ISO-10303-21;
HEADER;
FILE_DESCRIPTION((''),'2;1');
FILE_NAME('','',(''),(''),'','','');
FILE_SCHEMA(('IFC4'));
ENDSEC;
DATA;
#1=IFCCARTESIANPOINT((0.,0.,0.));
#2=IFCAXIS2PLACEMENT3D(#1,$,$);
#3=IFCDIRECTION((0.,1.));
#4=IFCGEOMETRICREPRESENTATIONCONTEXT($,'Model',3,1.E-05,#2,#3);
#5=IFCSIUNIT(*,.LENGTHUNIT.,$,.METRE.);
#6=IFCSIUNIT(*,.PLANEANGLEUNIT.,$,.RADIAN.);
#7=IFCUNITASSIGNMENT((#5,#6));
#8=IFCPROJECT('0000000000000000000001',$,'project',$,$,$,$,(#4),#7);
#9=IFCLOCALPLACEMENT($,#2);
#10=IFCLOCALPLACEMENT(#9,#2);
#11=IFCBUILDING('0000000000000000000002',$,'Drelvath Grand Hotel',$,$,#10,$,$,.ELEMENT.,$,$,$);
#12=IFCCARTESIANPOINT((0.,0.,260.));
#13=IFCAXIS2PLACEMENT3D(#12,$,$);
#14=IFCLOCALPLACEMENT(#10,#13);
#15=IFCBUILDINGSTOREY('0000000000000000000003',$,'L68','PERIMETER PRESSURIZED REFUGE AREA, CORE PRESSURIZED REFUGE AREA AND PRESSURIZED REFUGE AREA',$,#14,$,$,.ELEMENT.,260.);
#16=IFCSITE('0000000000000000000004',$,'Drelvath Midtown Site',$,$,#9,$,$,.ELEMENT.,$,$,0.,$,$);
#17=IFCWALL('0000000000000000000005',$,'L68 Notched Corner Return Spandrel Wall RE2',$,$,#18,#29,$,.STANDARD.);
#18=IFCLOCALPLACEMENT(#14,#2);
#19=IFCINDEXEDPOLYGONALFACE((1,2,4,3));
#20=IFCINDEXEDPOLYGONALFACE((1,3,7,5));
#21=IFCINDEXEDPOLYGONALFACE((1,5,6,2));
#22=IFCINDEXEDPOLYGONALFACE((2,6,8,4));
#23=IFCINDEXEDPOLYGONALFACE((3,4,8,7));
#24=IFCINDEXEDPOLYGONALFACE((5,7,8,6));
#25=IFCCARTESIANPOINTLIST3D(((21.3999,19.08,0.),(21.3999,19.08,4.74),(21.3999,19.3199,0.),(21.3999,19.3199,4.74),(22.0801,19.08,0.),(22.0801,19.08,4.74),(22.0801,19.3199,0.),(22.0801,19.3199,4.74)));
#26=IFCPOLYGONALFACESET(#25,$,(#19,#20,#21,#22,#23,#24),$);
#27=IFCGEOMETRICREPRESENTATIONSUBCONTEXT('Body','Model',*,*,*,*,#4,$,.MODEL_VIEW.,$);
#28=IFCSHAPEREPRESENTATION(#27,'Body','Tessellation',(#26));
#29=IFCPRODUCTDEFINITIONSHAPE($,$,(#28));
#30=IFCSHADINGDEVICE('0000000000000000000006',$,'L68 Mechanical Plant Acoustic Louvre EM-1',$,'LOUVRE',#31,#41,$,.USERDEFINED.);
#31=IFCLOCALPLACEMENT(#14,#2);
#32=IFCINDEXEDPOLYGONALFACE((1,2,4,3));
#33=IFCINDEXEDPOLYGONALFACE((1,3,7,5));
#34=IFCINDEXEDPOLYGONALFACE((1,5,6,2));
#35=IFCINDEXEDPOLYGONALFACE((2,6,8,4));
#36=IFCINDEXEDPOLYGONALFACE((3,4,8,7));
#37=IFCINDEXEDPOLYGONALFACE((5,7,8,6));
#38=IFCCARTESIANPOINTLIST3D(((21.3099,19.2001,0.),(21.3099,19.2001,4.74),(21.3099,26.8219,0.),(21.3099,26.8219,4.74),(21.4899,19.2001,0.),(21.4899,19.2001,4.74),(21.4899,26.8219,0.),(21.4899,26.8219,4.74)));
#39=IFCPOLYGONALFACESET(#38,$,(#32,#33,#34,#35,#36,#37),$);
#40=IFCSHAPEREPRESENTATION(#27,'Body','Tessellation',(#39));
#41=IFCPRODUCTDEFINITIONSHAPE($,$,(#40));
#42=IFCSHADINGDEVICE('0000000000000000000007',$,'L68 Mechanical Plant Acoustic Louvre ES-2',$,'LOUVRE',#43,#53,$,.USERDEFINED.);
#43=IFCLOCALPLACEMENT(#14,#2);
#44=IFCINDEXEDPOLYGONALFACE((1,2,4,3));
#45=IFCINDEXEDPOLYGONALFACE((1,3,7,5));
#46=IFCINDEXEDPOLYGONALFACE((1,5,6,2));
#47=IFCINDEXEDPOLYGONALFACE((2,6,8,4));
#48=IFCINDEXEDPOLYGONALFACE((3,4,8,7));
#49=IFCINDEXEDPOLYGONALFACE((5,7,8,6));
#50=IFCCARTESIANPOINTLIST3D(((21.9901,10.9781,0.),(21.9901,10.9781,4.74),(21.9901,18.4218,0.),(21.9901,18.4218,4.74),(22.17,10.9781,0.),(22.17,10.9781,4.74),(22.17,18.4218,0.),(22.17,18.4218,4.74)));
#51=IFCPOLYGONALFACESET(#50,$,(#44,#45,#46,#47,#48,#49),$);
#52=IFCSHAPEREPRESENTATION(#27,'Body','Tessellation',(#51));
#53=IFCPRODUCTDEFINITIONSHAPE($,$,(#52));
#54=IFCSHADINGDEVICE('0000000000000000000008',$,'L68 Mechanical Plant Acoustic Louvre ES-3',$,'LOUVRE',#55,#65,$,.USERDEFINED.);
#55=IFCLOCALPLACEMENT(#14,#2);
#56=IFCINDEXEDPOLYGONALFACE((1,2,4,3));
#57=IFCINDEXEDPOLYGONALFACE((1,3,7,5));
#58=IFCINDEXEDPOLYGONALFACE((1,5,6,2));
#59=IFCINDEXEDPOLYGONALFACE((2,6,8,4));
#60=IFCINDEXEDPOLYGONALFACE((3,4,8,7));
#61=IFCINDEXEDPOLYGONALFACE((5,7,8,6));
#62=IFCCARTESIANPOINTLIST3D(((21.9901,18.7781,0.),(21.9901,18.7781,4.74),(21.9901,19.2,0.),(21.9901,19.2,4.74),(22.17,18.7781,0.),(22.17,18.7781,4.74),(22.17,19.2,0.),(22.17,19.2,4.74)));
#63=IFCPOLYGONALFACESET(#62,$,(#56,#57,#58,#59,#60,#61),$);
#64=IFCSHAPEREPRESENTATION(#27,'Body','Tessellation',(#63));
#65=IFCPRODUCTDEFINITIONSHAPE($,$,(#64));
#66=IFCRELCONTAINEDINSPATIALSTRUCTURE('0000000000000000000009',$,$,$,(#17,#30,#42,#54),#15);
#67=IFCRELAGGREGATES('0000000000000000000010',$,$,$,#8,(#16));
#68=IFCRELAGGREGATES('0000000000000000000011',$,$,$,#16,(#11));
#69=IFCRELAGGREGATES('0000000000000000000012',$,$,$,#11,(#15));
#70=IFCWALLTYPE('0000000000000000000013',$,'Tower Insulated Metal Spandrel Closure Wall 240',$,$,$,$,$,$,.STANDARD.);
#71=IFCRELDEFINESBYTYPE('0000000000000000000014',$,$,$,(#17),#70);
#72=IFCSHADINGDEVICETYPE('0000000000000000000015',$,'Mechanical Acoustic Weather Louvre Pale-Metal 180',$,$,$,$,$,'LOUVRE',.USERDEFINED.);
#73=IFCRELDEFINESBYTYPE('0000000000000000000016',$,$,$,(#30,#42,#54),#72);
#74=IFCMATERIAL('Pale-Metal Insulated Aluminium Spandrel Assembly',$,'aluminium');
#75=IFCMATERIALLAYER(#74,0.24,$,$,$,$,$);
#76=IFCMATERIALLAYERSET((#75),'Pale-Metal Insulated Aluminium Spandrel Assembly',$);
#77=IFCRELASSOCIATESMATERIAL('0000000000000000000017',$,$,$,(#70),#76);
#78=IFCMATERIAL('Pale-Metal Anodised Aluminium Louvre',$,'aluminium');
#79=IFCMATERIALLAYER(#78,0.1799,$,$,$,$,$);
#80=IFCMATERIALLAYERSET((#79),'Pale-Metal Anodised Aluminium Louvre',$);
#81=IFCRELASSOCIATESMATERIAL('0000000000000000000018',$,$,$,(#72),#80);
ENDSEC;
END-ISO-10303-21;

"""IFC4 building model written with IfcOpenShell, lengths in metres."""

from ifc_helpers import new_model, si_unit, direction, frame, frame_2d, origin, origin_2d, place, context, subcontext, project, spatial, rectangle, extrude, material, layer, layer_set, type_object, element, save


model = new_model("IFC4")

# Units and contexts
model_context = context("Model", 3, precision=1e-05, world=origin(), true_north=direction((0.0, 1.0)))
body_context = subcontext(model_context, "Body", "Model", "MODEL_VIEW")
ifc_project = project(units=[si_unit("LENGTHUNIT", "METRE"), si_unit("PLANEANGLEUNIT", "RADIAN")], contexts=[model_context])

# Site, building, storey
site_placement = place(None, origin())
site = spatial("IfcSite", under=ifc_project, at=site_placement, Name="Drelvath Midtown Site", CompositionType="ELEMENT", RefElevation=0.0)
building_placement = place(site_placement, origin())
building = spatial("IfcBuilding", under=site, at=building_placement, Name="Drelvath Grand Hotel", CompositionType="ELEMENT")
storey_placement = place(building_placement, frame((0.0, 0.0, 260.0)))
storey = spatial("IfcBuildingStorey", under=building, at=storey_placement, Name="L68", Description="PERIMETER PRESSURIZED REFUGE AREA, CORE PRESSURIZED REFUGE AREA AND PRESSURIZED REFUGE AREA", CompositionType="ELEMENT", Elevation=260.0)

# Wall
ifc_material_1 = material(Name="Pale-Metal Insulated Aluminium Spandrel Assembly", Category="aluminium")
ifc_layer_1 = layer(ifc_material_1, 0.24)
ifc_layer_set_1 = layer_set([ifc_layer_1], Name="Pale-Metal Insulated Aluminium Spandrel Assembly")
wall_type_1 = type_object("IfcWallType", Name="Tower Insulated Metal Spandrel Closure Wall 240", PredefinedType="STANDARD", material=ifc_layer_set_1)
wall_1_placement = place(storey_placement, frame((21.3999, 19.2, 0.0), z_axis=(0.0, 0.0, 1.0), x_axis=(1.0, 0.0, 0.0)))
element("IfcWall", 1, at=wall_1_placement, inside=storey, type_object=wall_type_1, Name="L68 Notched Corner Return Spandrel Wall RE2", PredefinedType="STANDARD", context=body_context, shape_type="SweptSolid", body=[
    extrude(rectangle(XDim=0.6802, YDim=0.24, at=frame_2d((0.3401, 0.0))), origin(), (0.0, 0.0, 1.0), 4.74),
])

# Shading devices
ifc_material_2 = material(Name="Pale-Metal Anodised Aluminium Louvre", Category="aluminium")
ifc_layer_2 = layer(ifc_material_2, 0.1799)
ifc_layer_set_2 = layer_set([ifc_layer_2], Name="Pale-Metal Anodised Aluminium Louvre")
shading_device_type = type_object("IfcShadingDeviceType", Name="Mechanical Acoustic Weather Louvre Pale-Metal 180", ElementType="LOUVRE", PredefinedType="USERDEFINED", material=ifc_layer_set_2)
shading_device_1_placement = place(storey_placement, frame((21.3999, 23.011, 0.0), z_axis=(0.0, 0.0, 1.0), x_axis=(0.0, 1.0, 0.0)))
element("IfcShadingDevice", 2, at=shading_device_1_placement, inside=storey, type_object=shading_device_type, Name="L68 Mechanical Plant Acoustic Louvre EM-1", ObjectType="LOUVRE", PredefinedType="USERDEFINED", context=body_context, shape_type="SweptSolid", body=[
    extrude(rectangle(XDim=7.6218, YDim=0.1799, at=origin_2d()), origin(), (0.0, 0.0, 1.0), 4.74),
])
shading_device_2_placement = place(storey_placement, frame((22.0801, 14.7, 0.0), z_axis=(0.0, 0.0, 1.0), x_axis=(0.0, 1.0, 0.0)))
element("IfcShadingDevice", 3, at=shading_device_2_placement, inside=storey, type_object=shading_device_type, Name="L68 Mechanical Plant Acoustic Louvre ES-2", ObjectType="LOUVRE", PredefinedType="USERDEFINED", context=body_context, shape_type="SweptSolid", body=[
    extrude(rectangle(XDim=7.4436, YDim=0.1799, at=origin_2d()), origin(), (0.0, 0.0, 1.0), 4.74),
])
shading_device_3_placement = place(storey_placement, frame((22.0801, 18.989, 0.0), z_axis=(0.0, 0.0, 1.0), x_axis=(0.0, 1.0, 0.0)))
element("IfcShadingDevice", 4, at=shading_device_3_placement, inside=storey, type_object=shading_device_type, Name="L68 Mechanical Plant Acoustic Louvre ES-3", ObjectType="LOUVRE", PredefinedType="USERDEFINED", context=body_context, shape_type="SweptSolid", body=[
    extrude(rectangle(XDim=0.4219, YDim=0.1799, at=origin_2d()), origin(), (0.0, 0.0, 1.0), 4.74),
])

save(model, "model.ifc")
